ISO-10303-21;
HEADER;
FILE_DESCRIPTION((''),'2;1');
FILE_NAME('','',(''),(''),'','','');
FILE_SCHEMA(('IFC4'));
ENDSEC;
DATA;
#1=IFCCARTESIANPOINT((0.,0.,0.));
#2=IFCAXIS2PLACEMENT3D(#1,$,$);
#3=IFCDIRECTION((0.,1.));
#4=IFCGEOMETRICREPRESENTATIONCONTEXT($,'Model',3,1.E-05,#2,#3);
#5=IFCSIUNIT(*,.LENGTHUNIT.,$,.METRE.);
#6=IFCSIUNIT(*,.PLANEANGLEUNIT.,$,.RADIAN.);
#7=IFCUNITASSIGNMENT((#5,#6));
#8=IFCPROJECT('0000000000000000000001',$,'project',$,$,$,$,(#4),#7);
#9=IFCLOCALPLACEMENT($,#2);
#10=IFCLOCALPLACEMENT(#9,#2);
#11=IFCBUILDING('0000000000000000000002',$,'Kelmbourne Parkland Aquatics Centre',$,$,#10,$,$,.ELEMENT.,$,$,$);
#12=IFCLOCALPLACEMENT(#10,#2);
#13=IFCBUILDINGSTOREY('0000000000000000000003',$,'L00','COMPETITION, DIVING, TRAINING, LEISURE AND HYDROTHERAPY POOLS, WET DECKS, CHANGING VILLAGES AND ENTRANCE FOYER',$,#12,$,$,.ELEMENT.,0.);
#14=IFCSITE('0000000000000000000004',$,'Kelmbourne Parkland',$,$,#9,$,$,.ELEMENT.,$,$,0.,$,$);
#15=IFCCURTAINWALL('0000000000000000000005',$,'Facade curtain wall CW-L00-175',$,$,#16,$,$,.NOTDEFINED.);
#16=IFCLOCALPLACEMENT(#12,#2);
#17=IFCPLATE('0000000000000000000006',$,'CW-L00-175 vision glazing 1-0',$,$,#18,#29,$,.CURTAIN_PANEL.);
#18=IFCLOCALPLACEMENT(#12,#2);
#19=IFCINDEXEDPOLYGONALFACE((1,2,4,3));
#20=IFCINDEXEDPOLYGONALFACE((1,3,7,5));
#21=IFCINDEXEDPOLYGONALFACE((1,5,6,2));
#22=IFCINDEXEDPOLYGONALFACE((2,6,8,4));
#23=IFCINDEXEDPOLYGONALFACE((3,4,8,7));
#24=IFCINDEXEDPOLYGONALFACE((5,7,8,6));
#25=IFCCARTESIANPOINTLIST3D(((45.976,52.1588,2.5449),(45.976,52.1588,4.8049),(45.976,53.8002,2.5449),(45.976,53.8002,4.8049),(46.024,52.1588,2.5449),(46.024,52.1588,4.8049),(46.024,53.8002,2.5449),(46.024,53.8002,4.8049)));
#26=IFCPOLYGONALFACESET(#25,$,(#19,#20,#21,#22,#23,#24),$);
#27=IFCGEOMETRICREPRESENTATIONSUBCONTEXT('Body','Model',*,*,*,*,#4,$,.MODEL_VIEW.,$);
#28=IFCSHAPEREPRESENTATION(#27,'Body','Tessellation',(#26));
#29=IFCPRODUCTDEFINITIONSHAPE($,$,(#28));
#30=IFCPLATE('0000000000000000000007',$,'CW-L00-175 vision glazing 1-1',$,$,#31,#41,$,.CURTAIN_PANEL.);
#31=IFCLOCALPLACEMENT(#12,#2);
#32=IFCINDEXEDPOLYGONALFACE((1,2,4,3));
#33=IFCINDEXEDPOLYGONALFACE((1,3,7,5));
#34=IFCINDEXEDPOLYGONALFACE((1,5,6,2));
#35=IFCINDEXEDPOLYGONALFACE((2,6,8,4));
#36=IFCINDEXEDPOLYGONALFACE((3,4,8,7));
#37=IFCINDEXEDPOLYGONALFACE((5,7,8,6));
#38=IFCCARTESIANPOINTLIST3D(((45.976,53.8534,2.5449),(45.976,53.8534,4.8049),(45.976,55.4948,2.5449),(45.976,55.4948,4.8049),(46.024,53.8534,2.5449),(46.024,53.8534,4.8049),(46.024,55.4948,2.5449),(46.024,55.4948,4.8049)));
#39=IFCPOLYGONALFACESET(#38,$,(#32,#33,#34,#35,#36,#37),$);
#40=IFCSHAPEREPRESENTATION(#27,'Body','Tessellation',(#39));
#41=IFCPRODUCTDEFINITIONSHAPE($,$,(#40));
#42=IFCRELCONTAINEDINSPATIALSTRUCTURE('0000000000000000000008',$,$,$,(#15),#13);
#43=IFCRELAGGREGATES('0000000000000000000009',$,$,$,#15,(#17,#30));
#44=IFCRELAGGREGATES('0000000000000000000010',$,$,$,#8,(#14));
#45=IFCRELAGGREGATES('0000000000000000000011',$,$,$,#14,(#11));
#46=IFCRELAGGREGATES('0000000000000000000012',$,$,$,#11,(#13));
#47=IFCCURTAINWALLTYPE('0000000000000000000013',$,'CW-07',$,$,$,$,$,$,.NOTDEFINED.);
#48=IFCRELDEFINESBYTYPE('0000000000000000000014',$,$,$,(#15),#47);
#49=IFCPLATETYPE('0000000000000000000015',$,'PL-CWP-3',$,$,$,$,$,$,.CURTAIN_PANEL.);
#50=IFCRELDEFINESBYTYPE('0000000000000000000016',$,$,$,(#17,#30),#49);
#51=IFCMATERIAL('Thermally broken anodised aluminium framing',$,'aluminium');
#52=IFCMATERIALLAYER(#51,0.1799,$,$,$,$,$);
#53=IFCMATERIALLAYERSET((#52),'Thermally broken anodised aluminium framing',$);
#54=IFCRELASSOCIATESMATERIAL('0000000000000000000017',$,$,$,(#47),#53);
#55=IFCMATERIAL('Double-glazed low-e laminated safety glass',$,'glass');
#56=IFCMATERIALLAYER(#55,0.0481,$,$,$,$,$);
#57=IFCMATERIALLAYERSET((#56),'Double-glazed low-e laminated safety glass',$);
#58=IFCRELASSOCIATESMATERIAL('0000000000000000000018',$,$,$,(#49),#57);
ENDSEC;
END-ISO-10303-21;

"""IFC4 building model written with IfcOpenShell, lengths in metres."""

from ifc_helpers import new_model, si_unit, direction, frame, origin, origin_2d, place, context, subcontext, project, spatial, rectangle, extrude, material, layer, layer_set, type_object, element, aggregate, save


model = new_model("IFC4")

# Units and contexts
model_context = context("Model", 3, precision=1e-05, world=origin(), true_north=direction((0.0, 1.0)))
body_context = subcontext(model_context, "Body", "Model", "MODEL_VIEW")
ifc_project = project(units=[si_unit("LENGTHUNIT", "METRE"), si_unit("PLANEANGLEUNIT", "RADIAN")], contexts=[model_context])

# Site, building, storey
site_placement = place(None, origin())
site = spatial("IfcSite", under=ifc_project, at=site_placement, Name="Kelmbourne Parkland", CompositionType="ELEMENT", RefElevation=0.0)
building_placement = place(site_placement, origin())
building = spatial("IfcBuilding", under=site, at=building_placement, Name="Kelmbourne Parkland Aquatics Centre", CompositionType="ELEMENT")
storey_placement = place(building_placement, origin())
storey = spatial("IfcBuildingStorey", under=building, at=storey_placement, Name="L00", Description="COMPETITION, DIVING, TRAINING, LEISURE AND HYDROTHERAPY POOLS, WET DECKS, CHANGING VILLAGES AND ENTRANCE FOYER", CompositionType="ELEMENT", Elevation=0.0)

# Curtain wall
ifc_material_1 = material(Name="Thermally broken anodised aluminium framing", Category="aluminium")
ifc_layer_1 = layer(ifc_material_1, 0.1799)
ifc_layer_set_1 = layer_set([ifc_layer_1], Name="Thermally broken anodised aluminium framing")
curtain_wall_type_1 = type_object("IfcCurtainWallType", Name="CW-07", PredefinedType="NOTDEFINED", material=ifc_layer_set_1)
curtain_wall_1_placement = place(storey_placement, origin())
curtain_wall_1 = element("IfcCurtainWall", 1, at=curtain_wall_1_placement, inside=storey, type_object=curtain_wall_type_1, Name="Facade curtain wall CW-L00-175", PredefinedType="NOTDEFINED")

# Plates
ifc_material_2 = material(Name="Double-glazed low-e laminated safety glass", Category="glass")
ifc_layer_2 = layer(ifc_material_2, 0.0481)
ifc_layer_set_2 = layer_set([ifc_layer_2], Name="Double-glazed low-e laminated safety glass")
plate_type_1 = type_object("IfcPlateType", Name="PL-CWP-3", PredefinedType="CURTAIN_PANEL", material=ifc_layer_set_2)
plate_1_placement = place(storey_placement, frame((46.0, 52.9795, 2.5449), z_axis=(0.0, 0.0, 1.0), x_axis=(0.0, 1.0, 0.0)))
plate_1 = element("IfcPlate", 2, at=plate_1_placement, type_object=plate_type_1, Name="CW-L00-175 vision glazing 1-0", PredefinedType="CURTAIN_PANEL", context=body_context, shape_type="SweptSolid", body=[
    extrude(rectangle(XDim=1.6414, YDim=0.0481, at=origin_2d()), origin(), (0.0, 0.0, 1.0), 2.26),
])
plate_2_placement = place(storey_placement, frame((46.0, 54.6741, 2.5449), z_axis=(0.0, 0.0, 1.0), x_axis=(0.0, 1.0, 0.0)))
plate_2 = element("IfcPlate", 3, at=plate_2_placement, type_object=plate_type_1, Name="CW-L00-175 vision glazing 1-1", PredefinedType="CURTAIN_PANEL", context=body_context, shape_type="SweptSolid", body=[
    extrude(rectangle(XDim=1.6414, YDim=0.0481, at=origin_2d()), origin(), (0.0, 0.0, 1.0), 2.26),
])
aggregate(curtain_wall_1, [plate_1, plate_2])

save(model, "model.ifc")
